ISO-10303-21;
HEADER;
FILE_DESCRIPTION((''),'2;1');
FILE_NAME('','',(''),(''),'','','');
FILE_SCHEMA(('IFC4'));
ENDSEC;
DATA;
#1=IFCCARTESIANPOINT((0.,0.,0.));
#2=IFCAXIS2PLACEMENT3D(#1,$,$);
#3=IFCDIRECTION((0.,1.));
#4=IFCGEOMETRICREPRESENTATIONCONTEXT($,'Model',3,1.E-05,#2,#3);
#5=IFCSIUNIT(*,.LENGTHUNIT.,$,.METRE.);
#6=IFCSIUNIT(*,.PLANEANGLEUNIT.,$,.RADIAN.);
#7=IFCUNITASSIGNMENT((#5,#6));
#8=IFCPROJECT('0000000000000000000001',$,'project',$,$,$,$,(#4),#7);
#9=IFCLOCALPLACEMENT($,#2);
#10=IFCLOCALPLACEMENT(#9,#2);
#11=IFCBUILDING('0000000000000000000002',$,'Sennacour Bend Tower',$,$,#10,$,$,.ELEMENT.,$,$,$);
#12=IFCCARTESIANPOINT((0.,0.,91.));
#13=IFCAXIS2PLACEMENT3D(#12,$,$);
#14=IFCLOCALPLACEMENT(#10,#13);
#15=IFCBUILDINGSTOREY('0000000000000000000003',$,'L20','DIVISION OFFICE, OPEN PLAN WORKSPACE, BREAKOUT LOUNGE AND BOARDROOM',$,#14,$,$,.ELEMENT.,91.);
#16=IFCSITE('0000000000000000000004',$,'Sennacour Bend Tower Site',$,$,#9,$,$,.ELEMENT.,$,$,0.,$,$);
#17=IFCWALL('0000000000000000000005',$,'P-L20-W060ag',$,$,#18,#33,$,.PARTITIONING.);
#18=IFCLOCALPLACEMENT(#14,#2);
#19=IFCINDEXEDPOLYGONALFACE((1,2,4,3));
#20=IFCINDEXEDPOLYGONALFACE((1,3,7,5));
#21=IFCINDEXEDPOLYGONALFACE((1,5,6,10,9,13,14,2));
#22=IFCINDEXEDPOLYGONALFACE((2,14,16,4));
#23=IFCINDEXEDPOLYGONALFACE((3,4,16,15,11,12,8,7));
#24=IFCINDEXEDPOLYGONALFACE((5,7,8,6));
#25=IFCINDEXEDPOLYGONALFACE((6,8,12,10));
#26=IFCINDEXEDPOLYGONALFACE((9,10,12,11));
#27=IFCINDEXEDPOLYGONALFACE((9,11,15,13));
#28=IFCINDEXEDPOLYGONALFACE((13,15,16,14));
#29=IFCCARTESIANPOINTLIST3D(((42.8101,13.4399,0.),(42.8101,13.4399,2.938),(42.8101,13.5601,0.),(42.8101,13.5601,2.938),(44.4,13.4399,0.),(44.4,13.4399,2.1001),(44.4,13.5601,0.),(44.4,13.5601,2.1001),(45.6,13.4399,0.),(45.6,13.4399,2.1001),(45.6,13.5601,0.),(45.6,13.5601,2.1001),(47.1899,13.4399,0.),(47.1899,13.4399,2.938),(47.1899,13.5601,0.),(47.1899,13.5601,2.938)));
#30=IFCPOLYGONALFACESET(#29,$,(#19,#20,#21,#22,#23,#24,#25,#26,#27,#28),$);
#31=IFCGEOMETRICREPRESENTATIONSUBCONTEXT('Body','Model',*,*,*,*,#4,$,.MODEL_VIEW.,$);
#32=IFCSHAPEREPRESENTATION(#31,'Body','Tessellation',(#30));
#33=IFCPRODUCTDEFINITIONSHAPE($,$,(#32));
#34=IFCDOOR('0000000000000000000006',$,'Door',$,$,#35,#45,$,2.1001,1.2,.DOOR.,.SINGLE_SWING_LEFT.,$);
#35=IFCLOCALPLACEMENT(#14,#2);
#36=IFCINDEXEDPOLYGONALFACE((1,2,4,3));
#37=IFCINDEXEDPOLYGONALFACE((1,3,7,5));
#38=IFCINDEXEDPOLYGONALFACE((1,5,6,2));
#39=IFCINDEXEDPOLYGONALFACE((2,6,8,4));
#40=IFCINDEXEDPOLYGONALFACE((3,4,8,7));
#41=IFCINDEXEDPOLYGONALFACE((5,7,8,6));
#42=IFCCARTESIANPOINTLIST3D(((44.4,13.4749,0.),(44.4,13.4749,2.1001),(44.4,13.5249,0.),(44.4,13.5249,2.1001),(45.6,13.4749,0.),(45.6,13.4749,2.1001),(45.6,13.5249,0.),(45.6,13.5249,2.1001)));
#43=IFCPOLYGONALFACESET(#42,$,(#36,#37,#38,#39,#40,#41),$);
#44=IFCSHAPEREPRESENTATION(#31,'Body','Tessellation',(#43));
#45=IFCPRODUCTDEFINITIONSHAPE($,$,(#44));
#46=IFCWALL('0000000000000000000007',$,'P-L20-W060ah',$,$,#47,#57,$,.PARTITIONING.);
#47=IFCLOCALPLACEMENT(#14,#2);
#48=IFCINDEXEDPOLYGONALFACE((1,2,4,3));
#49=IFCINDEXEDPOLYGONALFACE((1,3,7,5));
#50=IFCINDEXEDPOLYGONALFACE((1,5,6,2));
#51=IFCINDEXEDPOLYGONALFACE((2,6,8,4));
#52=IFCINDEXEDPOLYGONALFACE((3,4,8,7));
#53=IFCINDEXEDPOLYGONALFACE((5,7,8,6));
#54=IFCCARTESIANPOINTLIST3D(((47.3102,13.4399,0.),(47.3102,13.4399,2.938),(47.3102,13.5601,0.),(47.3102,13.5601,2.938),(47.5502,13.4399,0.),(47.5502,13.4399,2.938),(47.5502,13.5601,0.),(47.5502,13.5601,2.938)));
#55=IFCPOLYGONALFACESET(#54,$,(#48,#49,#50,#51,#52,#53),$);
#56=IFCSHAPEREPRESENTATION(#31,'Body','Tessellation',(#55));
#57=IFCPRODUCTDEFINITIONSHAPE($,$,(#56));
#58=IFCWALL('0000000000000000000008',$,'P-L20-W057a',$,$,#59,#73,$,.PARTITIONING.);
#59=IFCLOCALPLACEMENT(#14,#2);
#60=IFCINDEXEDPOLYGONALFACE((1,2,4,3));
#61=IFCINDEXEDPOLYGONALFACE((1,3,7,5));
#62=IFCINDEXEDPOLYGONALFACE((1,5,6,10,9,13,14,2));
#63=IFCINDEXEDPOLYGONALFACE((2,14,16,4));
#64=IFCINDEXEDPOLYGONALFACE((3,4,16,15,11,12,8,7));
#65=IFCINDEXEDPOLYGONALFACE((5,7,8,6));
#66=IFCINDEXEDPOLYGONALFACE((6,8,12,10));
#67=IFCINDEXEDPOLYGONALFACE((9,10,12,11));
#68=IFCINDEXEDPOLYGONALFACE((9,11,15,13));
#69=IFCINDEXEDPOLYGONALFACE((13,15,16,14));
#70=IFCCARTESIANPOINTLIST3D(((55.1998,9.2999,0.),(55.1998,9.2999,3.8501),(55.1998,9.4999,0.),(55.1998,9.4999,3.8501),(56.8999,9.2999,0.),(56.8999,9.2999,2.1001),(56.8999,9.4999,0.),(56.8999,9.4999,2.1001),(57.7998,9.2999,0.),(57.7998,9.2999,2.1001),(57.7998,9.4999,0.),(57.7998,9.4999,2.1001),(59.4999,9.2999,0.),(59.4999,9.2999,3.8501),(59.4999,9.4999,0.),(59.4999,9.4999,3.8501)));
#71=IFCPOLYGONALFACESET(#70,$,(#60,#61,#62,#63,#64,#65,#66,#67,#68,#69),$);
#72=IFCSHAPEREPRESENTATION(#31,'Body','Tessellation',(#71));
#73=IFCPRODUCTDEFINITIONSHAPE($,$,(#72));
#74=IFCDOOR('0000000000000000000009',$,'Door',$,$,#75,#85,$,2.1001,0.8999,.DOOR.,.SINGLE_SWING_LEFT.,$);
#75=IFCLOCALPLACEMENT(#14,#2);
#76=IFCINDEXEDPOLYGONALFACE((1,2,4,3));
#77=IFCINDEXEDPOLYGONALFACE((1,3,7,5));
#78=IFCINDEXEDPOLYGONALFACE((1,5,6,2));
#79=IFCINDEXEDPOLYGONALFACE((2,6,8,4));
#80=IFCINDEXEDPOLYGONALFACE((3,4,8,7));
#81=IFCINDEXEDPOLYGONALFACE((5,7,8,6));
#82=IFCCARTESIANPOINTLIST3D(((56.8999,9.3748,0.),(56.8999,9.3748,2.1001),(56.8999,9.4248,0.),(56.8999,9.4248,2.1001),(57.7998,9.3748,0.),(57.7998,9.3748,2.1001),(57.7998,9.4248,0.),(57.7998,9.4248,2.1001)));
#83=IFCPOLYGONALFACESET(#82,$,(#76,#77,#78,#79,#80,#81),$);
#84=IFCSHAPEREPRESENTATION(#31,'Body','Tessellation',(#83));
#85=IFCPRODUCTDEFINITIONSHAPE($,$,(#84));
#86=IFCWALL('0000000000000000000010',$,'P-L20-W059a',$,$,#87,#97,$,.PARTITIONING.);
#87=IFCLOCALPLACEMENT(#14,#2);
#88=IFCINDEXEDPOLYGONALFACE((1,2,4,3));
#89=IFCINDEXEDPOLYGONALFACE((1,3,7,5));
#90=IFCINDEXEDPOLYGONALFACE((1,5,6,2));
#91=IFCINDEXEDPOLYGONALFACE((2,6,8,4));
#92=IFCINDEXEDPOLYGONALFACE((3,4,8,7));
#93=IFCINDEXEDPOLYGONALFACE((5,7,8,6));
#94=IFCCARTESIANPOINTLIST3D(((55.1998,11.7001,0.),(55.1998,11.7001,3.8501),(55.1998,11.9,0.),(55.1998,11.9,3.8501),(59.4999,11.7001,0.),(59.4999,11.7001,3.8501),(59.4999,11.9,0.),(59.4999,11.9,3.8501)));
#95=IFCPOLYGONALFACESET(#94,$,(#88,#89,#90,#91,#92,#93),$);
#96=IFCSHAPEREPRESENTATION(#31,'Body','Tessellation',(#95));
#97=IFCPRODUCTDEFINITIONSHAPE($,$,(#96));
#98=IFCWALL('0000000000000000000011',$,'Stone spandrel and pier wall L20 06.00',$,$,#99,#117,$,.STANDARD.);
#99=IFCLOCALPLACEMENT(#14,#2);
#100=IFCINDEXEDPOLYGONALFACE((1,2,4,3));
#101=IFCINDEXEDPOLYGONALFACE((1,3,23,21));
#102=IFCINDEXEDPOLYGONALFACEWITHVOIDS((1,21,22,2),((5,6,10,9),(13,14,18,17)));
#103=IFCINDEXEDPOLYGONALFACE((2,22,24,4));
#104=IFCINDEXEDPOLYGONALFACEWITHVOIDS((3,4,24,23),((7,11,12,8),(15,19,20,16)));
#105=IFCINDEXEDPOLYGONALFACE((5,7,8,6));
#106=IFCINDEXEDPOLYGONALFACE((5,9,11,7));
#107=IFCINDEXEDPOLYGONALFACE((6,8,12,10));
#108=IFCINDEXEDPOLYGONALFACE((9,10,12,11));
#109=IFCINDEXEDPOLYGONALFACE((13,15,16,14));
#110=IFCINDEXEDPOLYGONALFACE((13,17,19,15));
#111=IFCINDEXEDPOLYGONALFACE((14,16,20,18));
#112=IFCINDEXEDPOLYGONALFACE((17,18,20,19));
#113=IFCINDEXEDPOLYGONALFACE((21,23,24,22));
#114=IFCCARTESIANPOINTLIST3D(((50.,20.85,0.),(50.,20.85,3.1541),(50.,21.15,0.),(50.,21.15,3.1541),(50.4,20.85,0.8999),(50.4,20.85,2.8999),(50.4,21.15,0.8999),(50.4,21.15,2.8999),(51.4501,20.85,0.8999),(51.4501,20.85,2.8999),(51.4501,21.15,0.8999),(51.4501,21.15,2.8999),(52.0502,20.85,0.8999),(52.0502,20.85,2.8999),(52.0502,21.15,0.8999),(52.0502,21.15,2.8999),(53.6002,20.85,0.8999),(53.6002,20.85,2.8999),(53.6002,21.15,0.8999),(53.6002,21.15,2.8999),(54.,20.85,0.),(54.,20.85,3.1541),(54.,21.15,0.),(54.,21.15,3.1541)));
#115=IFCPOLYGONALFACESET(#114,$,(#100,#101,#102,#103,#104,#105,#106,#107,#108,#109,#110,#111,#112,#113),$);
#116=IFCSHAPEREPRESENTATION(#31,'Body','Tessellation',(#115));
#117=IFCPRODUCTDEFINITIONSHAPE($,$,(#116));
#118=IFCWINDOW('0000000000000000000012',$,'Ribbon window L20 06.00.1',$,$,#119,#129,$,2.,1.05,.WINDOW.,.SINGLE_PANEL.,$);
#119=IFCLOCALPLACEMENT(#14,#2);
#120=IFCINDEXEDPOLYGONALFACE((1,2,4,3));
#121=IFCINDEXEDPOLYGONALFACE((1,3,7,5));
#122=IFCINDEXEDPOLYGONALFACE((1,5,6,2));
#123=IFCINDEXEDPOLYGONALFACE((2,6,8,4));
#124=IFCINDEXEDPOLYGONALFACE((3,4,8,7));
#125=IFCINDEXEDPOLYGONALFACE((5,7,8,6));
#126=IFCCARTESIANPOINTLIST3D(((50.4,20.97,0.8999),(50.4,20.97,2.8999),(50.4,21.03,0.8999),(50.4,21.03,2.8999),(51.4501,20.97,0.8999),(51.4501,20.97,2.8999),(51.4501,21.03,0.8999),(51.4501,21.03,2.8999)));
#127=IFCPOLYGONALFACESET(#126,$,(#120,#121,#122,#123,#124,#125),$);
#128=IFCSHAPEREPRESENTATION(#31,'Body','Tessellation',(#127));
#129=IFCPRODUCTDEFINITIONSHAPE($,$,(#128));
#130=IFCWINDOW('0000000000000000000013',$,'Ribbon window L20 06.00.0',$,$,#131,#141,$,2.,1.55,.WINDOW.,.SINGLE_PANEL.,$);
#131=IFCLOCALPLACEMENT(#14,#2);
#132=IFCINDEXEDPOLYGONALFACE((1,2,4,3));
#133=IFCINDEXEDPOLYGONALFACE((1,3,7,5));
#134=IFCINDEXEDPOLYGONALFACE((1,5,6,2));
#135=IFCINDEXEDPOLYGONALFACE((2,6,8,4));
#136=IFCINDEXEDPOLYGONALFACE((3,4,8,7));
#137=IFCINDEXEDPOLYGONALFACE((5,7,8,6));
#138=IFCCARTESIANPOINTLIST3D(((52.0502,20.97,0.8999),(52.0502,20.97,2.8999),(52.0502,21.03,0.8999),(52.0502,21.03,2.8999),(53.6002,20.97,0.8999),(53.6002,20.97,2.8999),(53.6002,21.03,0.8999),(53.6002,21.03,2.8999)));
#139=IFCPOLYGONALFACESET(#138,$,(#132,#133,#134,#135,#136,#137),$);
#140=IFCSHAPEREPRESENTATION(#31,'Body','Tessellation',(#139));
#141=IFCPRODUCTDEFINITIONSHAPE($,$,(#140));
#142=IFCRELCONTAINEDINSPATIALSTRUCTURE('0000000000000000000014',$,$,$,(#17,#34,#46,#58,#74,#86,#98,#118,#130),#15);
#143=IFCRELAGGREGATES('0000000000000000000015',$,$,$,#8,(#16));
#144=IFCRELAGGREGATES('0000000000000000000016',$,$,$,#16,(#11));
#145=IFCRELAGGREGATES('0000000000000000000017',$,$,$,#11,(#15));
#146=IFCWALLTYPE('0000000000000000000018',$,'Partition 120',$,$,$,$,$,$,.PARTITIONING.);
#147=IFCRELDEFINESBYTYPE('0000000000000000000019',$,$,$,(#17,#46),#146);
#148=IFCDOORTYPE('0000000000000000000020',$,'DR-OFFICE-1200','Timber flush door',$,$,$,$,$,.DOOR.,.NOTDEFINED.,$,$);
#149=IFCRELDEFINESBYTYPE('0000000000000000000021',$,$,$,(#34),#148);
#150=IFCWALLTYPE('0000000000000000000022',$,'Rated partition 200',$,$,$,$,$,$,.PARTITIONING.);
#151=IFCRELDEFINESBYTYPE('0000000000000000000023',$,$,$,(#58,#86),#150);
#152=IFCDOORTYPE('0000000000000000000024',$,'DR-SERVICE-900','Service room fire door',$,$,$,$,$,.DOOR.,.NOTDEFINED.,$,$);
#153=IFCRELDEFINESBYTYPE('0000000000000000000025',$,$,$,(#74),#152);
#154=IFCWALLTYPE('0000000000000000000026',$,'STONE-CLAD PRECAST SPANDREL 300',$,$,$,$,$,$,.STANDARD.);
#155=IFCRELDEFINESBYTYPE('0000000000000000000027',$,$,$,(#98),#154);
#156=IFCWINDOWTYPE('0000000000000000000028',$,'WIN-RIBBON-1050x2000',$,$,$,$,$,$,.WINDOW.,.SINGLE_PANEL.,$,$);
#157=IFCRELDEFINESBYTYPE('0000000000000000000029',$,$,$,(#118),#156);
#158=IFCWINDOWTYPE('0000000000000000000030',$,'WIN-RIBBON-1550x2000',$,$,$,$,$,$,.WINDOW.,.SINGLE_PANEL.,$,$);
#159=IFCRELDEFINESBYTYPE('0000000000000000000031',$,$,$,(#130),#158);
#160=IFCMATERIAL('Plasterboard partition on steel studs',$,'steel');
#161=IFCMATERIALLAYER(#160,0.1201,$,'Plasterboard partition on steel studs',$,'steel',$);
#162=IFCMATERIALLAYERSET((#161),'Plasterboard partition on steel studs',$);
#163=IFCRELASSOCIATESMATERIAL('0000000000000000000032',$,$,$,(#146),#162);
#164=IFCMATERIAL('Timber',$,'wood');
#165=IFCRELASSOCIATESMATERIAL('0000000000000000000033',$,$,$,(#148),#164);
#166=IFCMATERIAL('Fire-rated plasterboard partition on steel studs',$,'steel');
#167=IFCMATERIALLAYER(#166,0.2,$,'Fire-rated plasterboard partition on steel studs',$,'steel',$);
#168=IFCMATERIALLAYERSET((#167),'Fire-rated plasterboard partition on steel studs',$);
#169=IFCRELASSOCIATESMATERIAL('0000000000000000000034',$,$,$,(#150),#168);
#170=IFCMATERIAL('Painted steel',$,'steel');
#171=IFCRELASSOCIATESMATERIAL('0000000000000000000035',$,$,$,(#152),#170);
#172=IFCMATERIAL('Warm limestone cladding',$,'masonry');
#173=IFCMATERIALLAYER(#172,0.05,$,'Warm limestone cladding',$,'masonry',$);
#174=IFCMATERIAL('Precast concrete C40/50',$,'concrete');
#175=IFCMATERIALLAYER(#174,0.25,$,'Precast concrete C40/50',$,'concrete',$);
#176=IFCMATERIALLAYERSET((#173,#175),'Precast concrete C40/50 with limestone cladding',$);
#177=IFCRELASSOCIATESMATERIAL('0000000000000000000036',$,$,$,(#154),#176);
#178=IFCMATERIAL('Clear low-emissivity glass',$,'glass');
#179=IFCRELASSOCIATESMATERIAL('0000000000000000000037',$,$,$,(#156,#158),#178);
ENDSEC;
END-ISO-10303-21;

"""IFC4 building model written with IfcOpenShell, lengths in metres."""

from ifc_helpers import new_model, si_unit, direction, frame, frame_2d, origin, place, context, subcontext, project, spatial, rectangle, extrude, material, layer, layer_set, type_object, element, fill, save


model = new_model("IFC4")

# Units and contexts
model_context = context("Model", 3, precision=1e-05, world=origin(), true_north=direction((0.0, 1.0)))
body_context = subcontext(model_context, "Body", "Model", "MODEL_VIEW")
ifc_project = project(units=[si_unit("LENGTHUNIT", "METRE"), si_unit("PLANEANGLEUNIT", "RADIAN")], contexts=[model_context])

# Site, building, storey
site_placement = place(None, origin())
site = spatial("IfcSite", under=ifc_project, at=site_placement, Name="Sennacour Bend Tower Site", CompositionType="ELEMENT", RefElevation=0.0)
building_placement = place(site_placement, origin())
building = spatial("IfcBuilding", under=site, at=building_placement, Name="Sennacour Bend Tower", CompositionType="ELEMENT")
storey_placement = place(building_placement, frame((0.0, 0.0, 91.0)))
storey = spatial("IfcBuildingStorey", under=building, at=storey_placement, Name="L20", Description="DIVISION OFFICE, OPEN PLAN WORKSPACE, BREAKOUT LOUNGE AND BOARDROOM", CompositionType="ELEMENT", Elevation=91.0)

# Shared definitions
ifc_material_1 = material(Name="Plasterboard partition on steel studs", Category="steel")
ifc_layer_1 = layer(ifc_material_1, 0.1201, Name="Plasterboard partition on steel studs", Category="steel")
ifc_layer_set_1 = layer_set([ifc_layer_1], Name="Plasterboard partition on steel studs")
wall_type_1 = type_object("IfcWallType", Name="Partition 120", PredefinedType="PARTITIONING", material=ifc_layer_set_1)

# Wall, opening, door
wall_1_placement = place(storey_placement, frame((42.8101, 13.5, 0.0), z_axis=(0.0, 0.0, 1.0), x_axis=(1.0, 0.0, 0.0)))
wall_1 = element("IfcWall", 1, at=wall_1_placement, inside=storey, type_object=wall_type_1, Name="P-L20-W060ag", PredefinedType="PARTITIONING", context=body_context, shape_type="SweptSolid", body=[
    extrude(rectangle(XDim=4.3799, YDim=0.1201, at=frame_2d((2.1899, 0.0))), origin(), (0.0, 0.0, 1.0), 2.938),
])
opening_1_placement = place(wall_1_placement, frame((1.5898, 0.0, 0.0)))
opening_1 = element("IfcOpeningElement", 2, at=opening_1_placement, cuts=wall_1, PredefinedType="OPENING", context=body_context, shape_type="SweptSolid", body=[
    extrude(rectangle(XDim=1.2, YDim=2.1001, at=frame_2d((0.6001, 1.05))), frame((0.0, 0.0701, 0.0), z_axis=(0.0, -1.0, 0.0), x_axis=(1.0, 0.0, 0.0)), (0.0, 0.0, 1.0), 0.1401),
])
ifc_material_2 = material(Name="Timber", Category="wood")
door_type_1 = type_object("IfcDoorType", Name="DR-OFFICE-1200", Description="Timber flush door", OperationType="NOTDEFINED", PredefinedType="DOOR", material=ifc_material_2)
door_1_placement = place(opening_1_placement, origin())
door_1 = element("IfcDoor", 3, at=door_1_placement, inside=storey, type_object=door_type_1, Name="Door", OperationType="SINGLE_SWING_LEFT", OverallHeight=2.1001, OverallWidth=1.2, PredefinedType="DOOR", context=body_context, shape_type="SweptSolid", body=[
    extrude(rectangle(XDim=1.2, YDim=2.1001, at=frame_2d((0.6001, 1.05))), frame((0.0, 0.0249, 0.0), z_axis=(0.0, -1.0, 0.0), x_axis=(1.0, 0.0, 0.0)), (0.0, 0.0, 1.0), 0.05),
])
fill(opening_1, door_1)

# Wall
wall_2_placement = place(storey_placement, frame((47.3101, 13.5, 0.0), z_axis=(0.0, 0.0, 1.0), x_axis=(1.0, 0.0, 0.0)))
element("IfcWall", 4, at=wall_2_placement, inside=storey, type_object=wall_type_1, Name="P-L20-W060ah", PredefinedType="PARTITIONING", context=body_context, shape_type="SweptSolid", body=[
    extrude(rectangle(XDim=0.24, YDim=0.1201, at=frame_2d((0.1201, 0.0))), origin(), (0.0, 0.0, 1.0), 2.938),
])

# Wall, opening, door
ifc_material_3 = material(Name="Fire-rated plasterboard partition on steel studs", Category="steel")
ifc_layer_2 = layer(ifc_material_3, 0.2, Name="Fire-rated plasterboard partition on steel studs", Category="steel")
ifc_layer_set_2 = layer_set([ifc_layer_2], Name="Fire-rated plasterboard partition on steel studs")
wall_type_2 = type_object("IfcWallType", Name="Rated partition 200", PredefinedType="PARTITIONING", material=ifc_layer_set_2)
wall_3_placement = place(storey_placement, frame((55.2, 9.3999, 0.0), z_axis=(0.0, 0.0, 1.0), x_axis=(1.0, 0.0, 0.0)))
wall_3 = element("IfcWall", 5, at=wall_3_placement, inside=storey, type_object=wall_type_2, Name="P-L20-W057a", PredefinedType="PARTITIONING", context=body_context, shape_type="SweptSolid", body=[
    extrude(rectangle(XDim=4.3, YDim=0.2, at=frame_2d((2.1499, 0.0))), origin(), (0.0, 0.0, 1.0), 3.8501),
])
opening_2_placement = place(wall_3_placement, frame((1.7, 0.0, 0.0)))
opening_2 = element("IfcOpeningElement", 6, at=opening_2_placement, cuts=wall_3, PredefinedType="OPENING", context=body_context, shape_type="SweptSolid", body=[
    extrude(rectangle(XDim=0.8999, YDim=2.1001, at=frame_2d((0.45, 1.05))), frame((0.0, 0.1099, 0.0), z_axis=(0.0, -1.0, 0.0), x_axis=(1.0, 0.0, 0.0)), (0.0, 0.0, 1.0), 0.22),
])
ifc_material_4 = material(Name="Painted steel", Category="steel")
door_type_2 = type_object("IfcDoorType", Name="DR-SERVICE-900", Description="Service room fire door", OperationType="NOTDEFINED", PredefinedType="DOOR", material=ifc_material_4)
door_2_placement = place(opening_2_placement, origin())
door_2 = element("IfcDoor", 7, at=door_2_placement, inside=storey, type_object=door_type_2, Name="Door", OperationType="SINGLE_SWING_LEFT", OverallHeight=2.1001, OverallWidth=0.8999, PredefinedType="DOOR", context=body_context, shape_type="SweptSolid", body=[
    extrude(rectangle(XDim=0.8999, YDim=2.1001, at=frame_2d((0.45, 1.05))), frame((0.0, 0.0249, 0.0), z_axis=(0.0, -1.0, 0.0), x_axis=(1.0, 0.0, 0.0)), (0.0, 0.0, 1.0), 0.05),
])
fill(opening_2, door_2)

# Wall
wall_4_placement = place(storey_placement, frame((55.2, 11.8, 0.0), z_axis=(0.0, 0.0, 1.0), x_axis=(1.0, 0.0, 0.0)))
element("IfcWall", 8, at=wall_4_placement, inside=storey, type_object=wall_type_2, Name="P-L20-W059a", PredefinedType="PARTITIONING", context=body_context, shape_type="SweptSolid", body=[
    extrude(rectangle(XDim=4.3, YDim=0.2, at=frame_2d((2.1499, 0.0))), origin(), (0.0, 0.0, 1.0), 3.8501),
])

# Wall, openings, windows
ifc_material_5 = material(Name="Warm limestone cladding", Category="masonry")
ifc_layer_3 = layer(ifc_material_5, 0.05, Name="Warm limestone cladding", Category="masonry")
ifc_material_6 = material(Name="Precast concrete C40/50", Category="concrete")
ifc_layer_4 = layer(ifc_material_6, 0.25, Name="Precast concrete C40/50", Category="concrete")
ifc_layer_set_3 = layer_set([ifc_layer_3, ifc_layer_4], Name="Precast concrete C40/50 with limestone cladding")
wall_type_3 = type_object("IfcWallType", Name="STONE-CLAD PRECAST SPANDREL 300", PredefinedType="STANDARD", material=ifc_layer_set_3)
wall_5_placement = place(storey_placement, frame((54.0, 21.0, 0.0), z_axis=(0.0, 0.0, 1.0), x_axis=(-1.0, 0.0, 0.0)))
wall_5 = element("IfcWall", 9, at=wall_5_placement, inside=storey, type_object=wall_type_3, Name="Stone spandrel and pier wall L20 06.00", PredefinedType="STANDARD", context=body_context, shape_type="SweptSolid", body=[
    extrude(rectangle(XDim=4.0, YDim=0.3, at=frame_2d((2.0, 0.0))), origin(), (0.0, 0.0, 1.0), 3.1541),
])
opening_3_placement = place(wall_5_placement, frame((0.3999, 0.0, 0.8999)))
opening_3 = element("IfcOpeningElement", 10, at=opening_3_placement, cuts=wall_5, PredefinedType="OPENING", context=body_context, shape_type="SweptSolid", body=[
    extrude(rectangle(XDim=1.55, YDim=2.0, at=frame_2d((0.7749, 1.0))), frame((0.0, 0.1602, 0.0), z_axis=(0.0, -1.0, 0.0), x_axis=(1.0, 0.0, 0.0)), (0.0, 0.0, 1.0), 0.3201),
])
opening_4_placement = place(wall_5_placement, frame((2.55, 0.0, 0.8999)))
opening_4 = element("IfcOpeningElement", 11, at=opening_4_placement, cuts=wall_5, PredefinedType="OPENING", context=body_context, shape_type="SweptSolid", body=[
    extrude(rectangle(XDim=1.05, YDim=2.0, at=frame_2d((0.5249, 1.0))), frame((0.0, 0.1602, 0.0), z_axis=(0.0, -1.0, 0.0), x_axis=(1.0, 0.0, 0.0)), (0.0, 0.0, 1.0), 0.3201),
])
ifc_material_7 = material(Name="Clear low-emissivity glass", Category="glass")
window_type_1 = type_object("IfcWindowType", Name="WIN-RIBBON-1050x2000", PartitioningType="SINGLE_PANEL", PredefinedType="WINDOW", material=ifc_material_7)
window_1_placement = place(opening_4_placement, origin())
window_1 = element("IfcWindow", 12, at=window_1_placement, inside=storey, type_object=window_type_1, Name="Ribbon window L20 06.00.1", OverallHeight=2.0, OverallWidth=1.05, PartitioningType="SINGLE_PANEL", PredefinedType="WINDOW", context=body_context, shape_type="SweptSolid", body=[
    extrude(rectangle(XDim=1.05, YDim=2.0, at=frame_2d((0.5249, 1.0))), frame((0.0, 0.03, 0.0), z_axis=(0.0, -1.0, 0.0), x_axis=(1.0, 0.0, 0.0)), (0.0, 0.0, 1.0), 0.0601),
])
fill(opening_4, window_1)
window_type_2 = type_object("IfcWindowType", Name="WIN-RIBBON-1550x2000", PartitioningType="SINGLE_PANEL", PredefinedType="WINDOW", material=ifc_material_7)
window_2_placement = place(opening_3_placement, origin())
window_2 = element("IfcWindow", 13, at=window_2_placement, inside=storey, type_object=window_type_2, Name="Ribbon window L20 06.00.0", OverallHeight=2.0, OverallWidth=1.55, PartitioningType="SINGLE_PANEL", PredefinedType="WINDOW", context=body_context, shape_type="SweptSolid", body=[
    extrude(rectangle(XDim=1.55, YDim=2.0, at=frame_2d((0.7749, 1.0))), frame((0.0, 0.03, 0.0), z_axis=(0.0, -1.0, 0.0), x_axis=(1.0, 0.0, 0.0)), (0.0, 0.0, 1.0), 0.0601),
])
fill(opening_3, window_2)

save(model, "model.ifc")
